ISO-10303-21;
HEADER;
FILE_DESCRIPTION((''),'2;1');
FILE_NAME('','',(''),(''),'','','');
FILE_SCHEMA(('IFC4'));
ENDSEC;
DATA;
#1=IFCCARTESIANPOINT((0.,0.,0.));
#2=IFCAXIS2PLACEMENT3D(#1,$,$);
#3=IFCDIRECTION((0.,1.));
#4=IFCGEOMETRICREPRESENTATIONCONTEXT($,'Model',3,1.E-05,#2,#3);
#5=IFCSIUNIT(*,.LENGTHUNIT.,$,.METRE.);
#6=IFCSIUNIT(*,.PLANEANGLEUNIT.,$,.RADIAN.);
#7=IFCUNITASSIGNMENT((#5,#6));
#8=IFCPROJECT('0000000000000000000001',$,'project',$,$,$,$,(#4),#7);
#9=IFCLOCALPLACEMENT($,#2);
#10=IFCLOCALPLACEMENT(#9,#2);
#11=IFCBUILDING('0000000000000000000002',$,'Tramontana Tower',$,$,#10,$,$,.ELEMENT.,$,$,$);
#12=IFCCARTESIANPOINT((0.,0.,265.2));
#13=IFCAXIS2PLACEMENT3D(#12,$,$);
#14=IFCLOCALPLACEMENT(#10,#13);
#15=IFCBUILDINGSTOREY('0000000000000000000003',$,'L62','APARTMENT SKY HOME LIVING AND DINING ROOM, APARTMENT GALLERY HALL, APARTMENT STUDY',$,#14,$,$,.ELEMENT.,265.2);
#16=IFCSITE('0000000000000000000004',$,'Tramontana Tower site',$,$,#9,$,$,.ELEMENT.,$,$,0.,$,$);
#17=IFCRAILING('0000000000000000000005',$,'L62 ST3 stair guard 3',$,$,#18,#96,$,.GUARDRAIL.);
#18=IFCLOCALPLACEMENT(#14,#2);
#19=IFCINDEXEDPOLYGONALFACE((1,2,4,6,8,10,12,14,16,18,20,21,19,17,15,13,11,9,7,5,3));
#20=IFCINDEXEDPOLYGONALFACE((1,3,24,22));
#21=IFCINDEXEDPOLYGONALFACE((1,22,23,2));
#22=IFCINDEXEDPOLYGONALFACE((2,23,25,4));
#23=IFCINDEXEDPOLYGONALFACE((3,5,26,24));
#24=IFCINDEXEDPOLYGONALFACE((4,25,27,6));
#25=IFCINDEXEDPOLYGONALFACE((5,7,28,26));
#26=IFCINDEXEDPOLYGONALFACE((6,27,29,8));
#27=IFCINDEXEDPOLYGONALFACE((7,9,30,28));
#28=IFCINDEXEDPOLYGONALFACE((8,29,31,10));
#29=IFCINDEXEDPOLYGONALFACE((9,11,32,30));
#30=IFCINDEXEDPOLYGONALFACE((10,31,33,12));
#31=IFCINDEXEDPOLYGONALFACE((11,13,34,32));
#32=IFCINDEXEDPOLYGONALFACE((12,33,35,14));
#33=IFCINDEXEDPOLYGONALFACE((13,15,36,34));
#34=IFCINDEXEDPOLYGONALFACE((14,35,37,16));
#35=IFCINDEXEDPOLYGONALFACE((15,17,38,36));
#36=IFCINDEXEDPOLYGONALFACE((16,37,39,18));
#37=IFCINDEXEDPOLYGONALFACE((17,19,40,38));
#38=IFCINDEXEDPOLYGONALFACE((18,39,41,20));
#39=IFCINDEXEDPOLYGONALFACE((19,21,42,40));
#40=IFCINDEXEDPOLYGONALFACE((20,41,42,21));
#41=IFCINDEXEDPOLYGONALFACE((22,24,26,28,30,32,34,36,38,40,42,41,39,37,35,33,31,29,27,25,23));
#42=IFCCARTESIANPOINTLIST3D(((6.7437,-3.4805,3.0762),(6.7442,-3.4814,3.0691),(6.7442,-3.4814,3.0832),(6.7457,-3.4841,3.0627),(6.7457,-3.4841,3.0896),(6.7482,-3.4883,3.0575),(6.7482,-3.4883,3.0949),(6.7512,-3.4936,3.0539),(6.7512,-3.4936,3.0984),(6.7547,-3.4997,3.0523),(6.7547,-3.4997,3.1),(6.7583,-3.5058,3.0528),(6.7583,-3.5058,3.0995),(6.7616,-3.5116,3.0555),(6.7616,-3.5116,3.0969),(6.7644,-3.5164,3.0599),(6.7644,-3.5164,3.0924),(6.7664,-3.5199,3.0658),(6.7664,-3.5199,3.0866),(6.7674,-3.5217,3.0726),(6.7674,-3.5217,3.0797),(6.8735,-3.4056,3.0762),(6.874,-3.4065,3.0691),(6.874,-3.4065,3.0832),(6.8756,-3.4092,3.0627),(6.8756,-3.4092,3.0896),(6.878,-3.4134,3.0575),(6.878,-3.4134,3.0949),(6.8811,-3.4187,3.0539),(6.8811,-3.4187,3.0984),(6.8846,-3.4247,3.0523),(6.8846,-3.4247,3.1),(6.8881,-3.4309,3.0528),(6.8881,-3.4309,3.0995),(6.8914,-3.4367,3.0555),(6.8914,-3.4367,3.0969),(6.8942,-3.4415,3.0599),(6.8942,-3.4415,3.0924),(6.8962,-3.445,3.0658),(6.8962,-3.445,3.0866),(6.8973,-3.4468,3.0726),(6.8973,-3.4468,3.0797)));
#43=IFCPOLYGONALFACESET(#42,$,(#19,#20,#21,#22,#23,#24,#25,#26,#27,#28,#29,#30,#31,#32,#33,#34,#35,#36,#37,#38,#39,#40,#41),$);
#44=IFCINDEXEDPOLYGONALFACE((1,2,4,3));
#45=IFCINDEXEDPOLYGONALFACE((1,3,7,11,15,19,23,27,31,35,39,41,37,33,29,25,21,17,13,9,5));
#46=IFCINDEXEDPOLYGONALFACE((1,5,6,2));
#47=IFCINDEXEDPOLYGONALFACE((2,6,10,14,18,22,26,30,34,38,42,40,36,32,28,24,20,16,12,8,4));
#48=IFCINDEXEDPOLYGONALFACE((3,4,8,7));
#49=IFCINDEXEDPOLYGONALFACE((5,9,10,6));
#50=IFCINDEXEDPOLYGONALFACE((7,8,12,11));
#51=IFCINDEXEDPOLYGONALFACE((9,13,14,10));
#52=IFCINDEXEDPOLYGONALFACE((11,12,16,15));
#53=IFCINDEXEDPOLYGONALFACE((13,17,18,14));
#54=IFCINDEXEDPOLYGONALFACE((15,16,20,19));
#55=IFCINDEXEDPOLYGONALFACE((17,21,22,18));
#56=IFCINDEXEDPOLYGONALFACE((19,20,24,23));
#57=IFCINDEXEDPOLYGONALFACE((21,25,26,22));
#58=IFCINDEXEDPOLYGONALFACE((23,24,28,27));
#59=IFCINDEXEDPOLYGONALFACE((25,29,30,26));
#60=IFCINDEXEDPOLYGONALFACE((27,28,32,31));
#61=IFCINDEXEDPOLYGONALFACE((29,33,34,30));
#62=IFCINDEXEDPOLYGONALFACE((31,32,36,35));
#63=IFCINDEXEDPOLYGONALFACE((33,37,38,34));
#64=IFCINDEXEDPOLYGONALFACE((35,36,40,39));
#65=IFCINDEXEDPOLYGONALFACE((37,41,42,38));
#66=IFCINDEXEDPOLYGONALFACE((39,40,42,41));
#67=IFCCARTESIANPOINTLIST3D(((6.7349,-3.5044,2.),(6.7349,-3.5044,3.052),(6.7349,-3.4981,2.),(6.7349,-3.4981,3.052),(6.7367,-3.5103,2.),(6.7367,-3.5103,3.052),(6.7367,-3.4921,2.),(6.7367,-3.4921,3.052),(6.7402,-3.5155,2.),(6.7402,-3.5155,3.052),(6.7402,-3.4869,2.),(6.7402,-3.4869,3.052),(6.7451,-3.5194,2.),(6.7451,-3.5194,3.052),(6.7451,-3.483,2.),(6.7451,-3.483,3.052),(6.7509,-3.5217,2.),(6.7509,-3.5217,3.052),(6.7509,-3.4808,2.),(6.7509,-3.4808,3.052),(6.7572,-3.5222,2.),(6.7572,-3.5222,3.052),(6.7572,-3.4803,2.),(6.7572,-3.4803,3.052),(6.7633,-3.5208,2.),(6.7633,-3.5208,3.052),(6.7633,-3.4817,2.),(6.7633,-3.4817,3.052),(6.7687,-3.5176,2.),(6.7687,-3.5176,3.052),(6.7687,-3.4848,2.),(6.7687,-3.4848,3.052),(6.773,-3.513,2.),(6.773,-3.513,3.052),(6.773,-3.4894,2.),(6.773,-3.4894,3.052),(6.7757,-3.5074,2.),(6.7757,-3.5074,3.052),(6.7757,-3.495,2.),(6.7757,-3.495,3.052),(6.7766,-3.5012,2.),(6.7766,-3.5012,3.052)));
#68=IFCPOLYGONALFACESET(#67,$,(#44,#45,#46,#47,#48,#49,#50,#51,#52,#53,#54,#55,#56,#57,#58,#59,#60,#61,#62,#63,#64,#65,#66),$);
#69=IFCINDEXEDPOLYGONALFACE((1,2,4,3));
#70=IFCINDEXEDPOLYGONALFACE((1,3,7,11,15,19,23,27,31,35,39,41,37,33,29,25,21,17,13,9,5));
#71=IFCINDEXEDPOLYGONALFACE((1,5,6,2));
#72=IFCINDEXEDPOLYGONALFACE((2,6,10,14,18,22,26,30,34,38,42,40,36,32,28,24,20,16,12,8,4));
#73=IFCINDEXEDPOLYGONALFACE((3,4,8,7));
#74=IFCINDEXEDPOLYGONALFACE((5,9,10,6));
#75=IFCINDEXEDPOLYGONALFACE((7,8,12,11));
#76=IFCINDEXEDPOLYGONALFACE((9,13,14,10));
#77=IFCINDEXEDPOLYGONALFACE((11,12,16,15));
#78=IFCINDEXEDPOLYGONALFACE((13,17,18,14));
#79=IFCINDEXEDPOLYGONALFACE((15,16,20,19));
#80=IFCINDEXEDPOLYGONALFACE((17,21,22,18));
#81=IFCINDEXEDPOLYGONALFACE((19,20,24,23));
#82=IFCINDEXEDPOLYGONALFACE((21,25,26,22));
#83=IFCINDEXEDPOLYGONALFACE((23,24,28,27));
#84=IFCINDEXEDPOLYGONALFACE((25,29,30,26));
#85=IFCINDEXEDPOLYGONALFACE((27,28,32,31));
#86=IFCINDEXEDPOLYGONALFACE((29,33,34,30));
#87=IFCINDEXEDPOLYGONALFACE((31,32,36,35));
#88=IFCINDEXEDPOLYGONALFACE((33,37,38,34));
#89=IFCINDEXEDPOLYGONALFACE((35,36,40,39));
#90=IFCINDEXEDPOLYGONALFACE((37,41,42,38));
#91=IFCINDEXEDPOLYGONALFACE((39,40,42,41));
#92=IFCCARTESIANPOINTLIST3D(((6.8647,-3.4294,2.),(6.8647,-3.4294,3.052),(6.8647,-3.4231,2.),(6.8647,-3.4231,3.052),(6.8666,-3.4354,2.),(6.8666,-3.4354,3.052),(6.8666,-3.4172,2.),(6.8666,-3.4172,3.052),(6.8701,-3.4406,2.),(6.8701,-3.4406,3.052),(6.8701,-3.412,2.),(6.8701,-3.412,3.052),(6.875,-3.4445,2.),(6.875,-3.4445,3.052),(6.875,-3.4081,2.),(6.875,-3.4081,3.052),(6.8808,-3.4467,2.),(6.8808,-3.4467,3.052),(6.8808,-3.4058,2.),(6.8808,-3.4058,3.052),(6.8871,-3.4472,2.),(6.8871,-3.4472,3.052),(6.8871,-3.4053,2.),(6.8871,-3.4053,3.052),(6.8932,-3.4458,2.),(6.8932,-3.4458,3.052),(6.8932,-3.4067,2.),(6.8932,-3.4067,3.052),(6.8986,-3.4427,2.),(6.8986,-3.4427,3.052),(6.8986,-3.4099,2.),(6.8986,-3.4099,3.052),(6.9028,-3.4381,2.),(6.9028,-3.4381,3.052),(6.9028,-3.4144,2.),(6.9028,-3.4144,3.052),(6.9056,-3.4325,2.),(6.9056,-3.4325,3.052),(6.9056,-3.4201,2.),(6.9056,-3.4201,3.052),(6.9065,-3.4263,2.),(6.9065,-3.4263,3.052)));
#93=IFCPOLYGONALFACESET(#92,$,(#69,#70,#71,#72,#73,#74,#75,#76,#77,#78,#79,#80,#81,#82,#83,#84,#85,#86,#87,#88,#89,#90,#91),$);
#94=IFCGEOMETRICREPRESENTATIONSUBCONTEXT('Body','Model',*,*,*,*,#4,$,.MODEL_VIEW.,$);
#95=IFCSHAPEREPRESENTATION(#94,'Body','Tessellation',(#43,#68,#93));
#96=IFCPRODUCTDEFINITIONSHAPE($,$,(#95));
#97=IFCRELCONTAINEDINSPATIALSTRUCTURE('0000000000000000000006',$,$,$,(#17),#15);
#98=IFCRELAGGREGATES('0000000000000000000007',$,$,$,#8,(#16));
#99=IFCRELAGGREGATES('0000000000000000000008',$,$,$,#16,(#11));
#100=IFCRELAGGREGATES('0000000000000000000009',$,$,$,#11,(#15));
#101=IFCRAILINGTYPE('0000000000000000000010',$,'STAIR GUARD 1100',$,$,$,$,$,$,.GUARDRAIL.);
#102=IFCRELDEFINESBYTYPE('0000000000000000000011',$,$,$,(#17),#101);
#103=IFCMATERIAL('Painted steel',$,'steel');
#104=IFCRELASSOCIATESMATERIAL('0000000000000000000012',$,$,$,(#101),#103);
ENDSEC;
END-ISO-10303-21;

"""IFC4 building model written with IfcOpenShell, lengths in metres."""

from ifc_helpers import new_model, si_unit, direction, frame, origin, origin_2d, place, context, subcontext, project, spatial, circle, extrude, material, type_object, element, save


model = new_model("IFC4")

# Units and contexts
model_context = context("Model", 3, precision=1e-05, world=origin(), true_north=direction((0.0, 1.0)))
body_context = subcontext(model_context, "Body", "Model", "MODEL_VIEW")
ifc_project = project(units=[si_unit("LENGTHUNIT", "METRE"), si_unit("PLANEANGLEUNIT", "RADIAN")], contexts=[model_context])

# Site, building, storey
site_placement = place(None, origin())
site = spatial("IfcSite", under=ifc_project, at=site_placement, Name="Tramontana Tower site", CompositionType="ELEMENT", RefElevation=0.0)
building_placement = place(site_placement, origin())
building = spatial("IfcBuilding", under=site, at=building_placement, Name="Tramontana Tower", CompositionType="ELEMENT")
storey_placement = place(building_placement, frame((0.0, 0.0, 265.2)))
storey = spatial("IfcBuildingStorey", under=building, at=storey_placement, Name="L62", Description="APARTMENT SKY HOME LIVING AND DINING ROOM, APARTMENT GALLERY HALL, APARTMENT STUDY", CompositionType="ELEMENT", Elevation=265.2)

# Railing
ifc_material_1 = material(Name="Painted steel", Category="steel")
railing_type_1 = type_object("IfcRailingType", Name="STAIR GUARD 1100", PredefinedType="GUARDRAIL", material=ifc_material_1)
railing_1_placement = place(storey_placement, frame((6.7556, -3.5012, 2.0)))
element("IfcRailing", 1, at=railing_1_placement, inside=storey, type_object=railing_type_1, Name="L62 ST3 stair guard 3", PredefinedType="GUARDRAIL", context=body_context, shape_type="SweptSolid", body=[
    extrude(circle(Radius=0.0239, at=origin_2d()), frame((0.0, 0.0, 1.0762), z_axis=(0.866131, 0.499816, 0.0), x_axis=(-0.499816, 0.866131, 0.0)), (0.0, 0.0, 1.0), 0.1499),
    extrude(circle(Radius=0.021, at=origin_2d()), origin(), (0.0, 0.0, 1.0), 1.052),
    extrude(circle(Radius=0.021, at=origin_2d()), frame((0.1299, 0.075, 0.0)), (0.0, 0.0, 1.0), 1.052),
])

save(model, "model.ifc")
